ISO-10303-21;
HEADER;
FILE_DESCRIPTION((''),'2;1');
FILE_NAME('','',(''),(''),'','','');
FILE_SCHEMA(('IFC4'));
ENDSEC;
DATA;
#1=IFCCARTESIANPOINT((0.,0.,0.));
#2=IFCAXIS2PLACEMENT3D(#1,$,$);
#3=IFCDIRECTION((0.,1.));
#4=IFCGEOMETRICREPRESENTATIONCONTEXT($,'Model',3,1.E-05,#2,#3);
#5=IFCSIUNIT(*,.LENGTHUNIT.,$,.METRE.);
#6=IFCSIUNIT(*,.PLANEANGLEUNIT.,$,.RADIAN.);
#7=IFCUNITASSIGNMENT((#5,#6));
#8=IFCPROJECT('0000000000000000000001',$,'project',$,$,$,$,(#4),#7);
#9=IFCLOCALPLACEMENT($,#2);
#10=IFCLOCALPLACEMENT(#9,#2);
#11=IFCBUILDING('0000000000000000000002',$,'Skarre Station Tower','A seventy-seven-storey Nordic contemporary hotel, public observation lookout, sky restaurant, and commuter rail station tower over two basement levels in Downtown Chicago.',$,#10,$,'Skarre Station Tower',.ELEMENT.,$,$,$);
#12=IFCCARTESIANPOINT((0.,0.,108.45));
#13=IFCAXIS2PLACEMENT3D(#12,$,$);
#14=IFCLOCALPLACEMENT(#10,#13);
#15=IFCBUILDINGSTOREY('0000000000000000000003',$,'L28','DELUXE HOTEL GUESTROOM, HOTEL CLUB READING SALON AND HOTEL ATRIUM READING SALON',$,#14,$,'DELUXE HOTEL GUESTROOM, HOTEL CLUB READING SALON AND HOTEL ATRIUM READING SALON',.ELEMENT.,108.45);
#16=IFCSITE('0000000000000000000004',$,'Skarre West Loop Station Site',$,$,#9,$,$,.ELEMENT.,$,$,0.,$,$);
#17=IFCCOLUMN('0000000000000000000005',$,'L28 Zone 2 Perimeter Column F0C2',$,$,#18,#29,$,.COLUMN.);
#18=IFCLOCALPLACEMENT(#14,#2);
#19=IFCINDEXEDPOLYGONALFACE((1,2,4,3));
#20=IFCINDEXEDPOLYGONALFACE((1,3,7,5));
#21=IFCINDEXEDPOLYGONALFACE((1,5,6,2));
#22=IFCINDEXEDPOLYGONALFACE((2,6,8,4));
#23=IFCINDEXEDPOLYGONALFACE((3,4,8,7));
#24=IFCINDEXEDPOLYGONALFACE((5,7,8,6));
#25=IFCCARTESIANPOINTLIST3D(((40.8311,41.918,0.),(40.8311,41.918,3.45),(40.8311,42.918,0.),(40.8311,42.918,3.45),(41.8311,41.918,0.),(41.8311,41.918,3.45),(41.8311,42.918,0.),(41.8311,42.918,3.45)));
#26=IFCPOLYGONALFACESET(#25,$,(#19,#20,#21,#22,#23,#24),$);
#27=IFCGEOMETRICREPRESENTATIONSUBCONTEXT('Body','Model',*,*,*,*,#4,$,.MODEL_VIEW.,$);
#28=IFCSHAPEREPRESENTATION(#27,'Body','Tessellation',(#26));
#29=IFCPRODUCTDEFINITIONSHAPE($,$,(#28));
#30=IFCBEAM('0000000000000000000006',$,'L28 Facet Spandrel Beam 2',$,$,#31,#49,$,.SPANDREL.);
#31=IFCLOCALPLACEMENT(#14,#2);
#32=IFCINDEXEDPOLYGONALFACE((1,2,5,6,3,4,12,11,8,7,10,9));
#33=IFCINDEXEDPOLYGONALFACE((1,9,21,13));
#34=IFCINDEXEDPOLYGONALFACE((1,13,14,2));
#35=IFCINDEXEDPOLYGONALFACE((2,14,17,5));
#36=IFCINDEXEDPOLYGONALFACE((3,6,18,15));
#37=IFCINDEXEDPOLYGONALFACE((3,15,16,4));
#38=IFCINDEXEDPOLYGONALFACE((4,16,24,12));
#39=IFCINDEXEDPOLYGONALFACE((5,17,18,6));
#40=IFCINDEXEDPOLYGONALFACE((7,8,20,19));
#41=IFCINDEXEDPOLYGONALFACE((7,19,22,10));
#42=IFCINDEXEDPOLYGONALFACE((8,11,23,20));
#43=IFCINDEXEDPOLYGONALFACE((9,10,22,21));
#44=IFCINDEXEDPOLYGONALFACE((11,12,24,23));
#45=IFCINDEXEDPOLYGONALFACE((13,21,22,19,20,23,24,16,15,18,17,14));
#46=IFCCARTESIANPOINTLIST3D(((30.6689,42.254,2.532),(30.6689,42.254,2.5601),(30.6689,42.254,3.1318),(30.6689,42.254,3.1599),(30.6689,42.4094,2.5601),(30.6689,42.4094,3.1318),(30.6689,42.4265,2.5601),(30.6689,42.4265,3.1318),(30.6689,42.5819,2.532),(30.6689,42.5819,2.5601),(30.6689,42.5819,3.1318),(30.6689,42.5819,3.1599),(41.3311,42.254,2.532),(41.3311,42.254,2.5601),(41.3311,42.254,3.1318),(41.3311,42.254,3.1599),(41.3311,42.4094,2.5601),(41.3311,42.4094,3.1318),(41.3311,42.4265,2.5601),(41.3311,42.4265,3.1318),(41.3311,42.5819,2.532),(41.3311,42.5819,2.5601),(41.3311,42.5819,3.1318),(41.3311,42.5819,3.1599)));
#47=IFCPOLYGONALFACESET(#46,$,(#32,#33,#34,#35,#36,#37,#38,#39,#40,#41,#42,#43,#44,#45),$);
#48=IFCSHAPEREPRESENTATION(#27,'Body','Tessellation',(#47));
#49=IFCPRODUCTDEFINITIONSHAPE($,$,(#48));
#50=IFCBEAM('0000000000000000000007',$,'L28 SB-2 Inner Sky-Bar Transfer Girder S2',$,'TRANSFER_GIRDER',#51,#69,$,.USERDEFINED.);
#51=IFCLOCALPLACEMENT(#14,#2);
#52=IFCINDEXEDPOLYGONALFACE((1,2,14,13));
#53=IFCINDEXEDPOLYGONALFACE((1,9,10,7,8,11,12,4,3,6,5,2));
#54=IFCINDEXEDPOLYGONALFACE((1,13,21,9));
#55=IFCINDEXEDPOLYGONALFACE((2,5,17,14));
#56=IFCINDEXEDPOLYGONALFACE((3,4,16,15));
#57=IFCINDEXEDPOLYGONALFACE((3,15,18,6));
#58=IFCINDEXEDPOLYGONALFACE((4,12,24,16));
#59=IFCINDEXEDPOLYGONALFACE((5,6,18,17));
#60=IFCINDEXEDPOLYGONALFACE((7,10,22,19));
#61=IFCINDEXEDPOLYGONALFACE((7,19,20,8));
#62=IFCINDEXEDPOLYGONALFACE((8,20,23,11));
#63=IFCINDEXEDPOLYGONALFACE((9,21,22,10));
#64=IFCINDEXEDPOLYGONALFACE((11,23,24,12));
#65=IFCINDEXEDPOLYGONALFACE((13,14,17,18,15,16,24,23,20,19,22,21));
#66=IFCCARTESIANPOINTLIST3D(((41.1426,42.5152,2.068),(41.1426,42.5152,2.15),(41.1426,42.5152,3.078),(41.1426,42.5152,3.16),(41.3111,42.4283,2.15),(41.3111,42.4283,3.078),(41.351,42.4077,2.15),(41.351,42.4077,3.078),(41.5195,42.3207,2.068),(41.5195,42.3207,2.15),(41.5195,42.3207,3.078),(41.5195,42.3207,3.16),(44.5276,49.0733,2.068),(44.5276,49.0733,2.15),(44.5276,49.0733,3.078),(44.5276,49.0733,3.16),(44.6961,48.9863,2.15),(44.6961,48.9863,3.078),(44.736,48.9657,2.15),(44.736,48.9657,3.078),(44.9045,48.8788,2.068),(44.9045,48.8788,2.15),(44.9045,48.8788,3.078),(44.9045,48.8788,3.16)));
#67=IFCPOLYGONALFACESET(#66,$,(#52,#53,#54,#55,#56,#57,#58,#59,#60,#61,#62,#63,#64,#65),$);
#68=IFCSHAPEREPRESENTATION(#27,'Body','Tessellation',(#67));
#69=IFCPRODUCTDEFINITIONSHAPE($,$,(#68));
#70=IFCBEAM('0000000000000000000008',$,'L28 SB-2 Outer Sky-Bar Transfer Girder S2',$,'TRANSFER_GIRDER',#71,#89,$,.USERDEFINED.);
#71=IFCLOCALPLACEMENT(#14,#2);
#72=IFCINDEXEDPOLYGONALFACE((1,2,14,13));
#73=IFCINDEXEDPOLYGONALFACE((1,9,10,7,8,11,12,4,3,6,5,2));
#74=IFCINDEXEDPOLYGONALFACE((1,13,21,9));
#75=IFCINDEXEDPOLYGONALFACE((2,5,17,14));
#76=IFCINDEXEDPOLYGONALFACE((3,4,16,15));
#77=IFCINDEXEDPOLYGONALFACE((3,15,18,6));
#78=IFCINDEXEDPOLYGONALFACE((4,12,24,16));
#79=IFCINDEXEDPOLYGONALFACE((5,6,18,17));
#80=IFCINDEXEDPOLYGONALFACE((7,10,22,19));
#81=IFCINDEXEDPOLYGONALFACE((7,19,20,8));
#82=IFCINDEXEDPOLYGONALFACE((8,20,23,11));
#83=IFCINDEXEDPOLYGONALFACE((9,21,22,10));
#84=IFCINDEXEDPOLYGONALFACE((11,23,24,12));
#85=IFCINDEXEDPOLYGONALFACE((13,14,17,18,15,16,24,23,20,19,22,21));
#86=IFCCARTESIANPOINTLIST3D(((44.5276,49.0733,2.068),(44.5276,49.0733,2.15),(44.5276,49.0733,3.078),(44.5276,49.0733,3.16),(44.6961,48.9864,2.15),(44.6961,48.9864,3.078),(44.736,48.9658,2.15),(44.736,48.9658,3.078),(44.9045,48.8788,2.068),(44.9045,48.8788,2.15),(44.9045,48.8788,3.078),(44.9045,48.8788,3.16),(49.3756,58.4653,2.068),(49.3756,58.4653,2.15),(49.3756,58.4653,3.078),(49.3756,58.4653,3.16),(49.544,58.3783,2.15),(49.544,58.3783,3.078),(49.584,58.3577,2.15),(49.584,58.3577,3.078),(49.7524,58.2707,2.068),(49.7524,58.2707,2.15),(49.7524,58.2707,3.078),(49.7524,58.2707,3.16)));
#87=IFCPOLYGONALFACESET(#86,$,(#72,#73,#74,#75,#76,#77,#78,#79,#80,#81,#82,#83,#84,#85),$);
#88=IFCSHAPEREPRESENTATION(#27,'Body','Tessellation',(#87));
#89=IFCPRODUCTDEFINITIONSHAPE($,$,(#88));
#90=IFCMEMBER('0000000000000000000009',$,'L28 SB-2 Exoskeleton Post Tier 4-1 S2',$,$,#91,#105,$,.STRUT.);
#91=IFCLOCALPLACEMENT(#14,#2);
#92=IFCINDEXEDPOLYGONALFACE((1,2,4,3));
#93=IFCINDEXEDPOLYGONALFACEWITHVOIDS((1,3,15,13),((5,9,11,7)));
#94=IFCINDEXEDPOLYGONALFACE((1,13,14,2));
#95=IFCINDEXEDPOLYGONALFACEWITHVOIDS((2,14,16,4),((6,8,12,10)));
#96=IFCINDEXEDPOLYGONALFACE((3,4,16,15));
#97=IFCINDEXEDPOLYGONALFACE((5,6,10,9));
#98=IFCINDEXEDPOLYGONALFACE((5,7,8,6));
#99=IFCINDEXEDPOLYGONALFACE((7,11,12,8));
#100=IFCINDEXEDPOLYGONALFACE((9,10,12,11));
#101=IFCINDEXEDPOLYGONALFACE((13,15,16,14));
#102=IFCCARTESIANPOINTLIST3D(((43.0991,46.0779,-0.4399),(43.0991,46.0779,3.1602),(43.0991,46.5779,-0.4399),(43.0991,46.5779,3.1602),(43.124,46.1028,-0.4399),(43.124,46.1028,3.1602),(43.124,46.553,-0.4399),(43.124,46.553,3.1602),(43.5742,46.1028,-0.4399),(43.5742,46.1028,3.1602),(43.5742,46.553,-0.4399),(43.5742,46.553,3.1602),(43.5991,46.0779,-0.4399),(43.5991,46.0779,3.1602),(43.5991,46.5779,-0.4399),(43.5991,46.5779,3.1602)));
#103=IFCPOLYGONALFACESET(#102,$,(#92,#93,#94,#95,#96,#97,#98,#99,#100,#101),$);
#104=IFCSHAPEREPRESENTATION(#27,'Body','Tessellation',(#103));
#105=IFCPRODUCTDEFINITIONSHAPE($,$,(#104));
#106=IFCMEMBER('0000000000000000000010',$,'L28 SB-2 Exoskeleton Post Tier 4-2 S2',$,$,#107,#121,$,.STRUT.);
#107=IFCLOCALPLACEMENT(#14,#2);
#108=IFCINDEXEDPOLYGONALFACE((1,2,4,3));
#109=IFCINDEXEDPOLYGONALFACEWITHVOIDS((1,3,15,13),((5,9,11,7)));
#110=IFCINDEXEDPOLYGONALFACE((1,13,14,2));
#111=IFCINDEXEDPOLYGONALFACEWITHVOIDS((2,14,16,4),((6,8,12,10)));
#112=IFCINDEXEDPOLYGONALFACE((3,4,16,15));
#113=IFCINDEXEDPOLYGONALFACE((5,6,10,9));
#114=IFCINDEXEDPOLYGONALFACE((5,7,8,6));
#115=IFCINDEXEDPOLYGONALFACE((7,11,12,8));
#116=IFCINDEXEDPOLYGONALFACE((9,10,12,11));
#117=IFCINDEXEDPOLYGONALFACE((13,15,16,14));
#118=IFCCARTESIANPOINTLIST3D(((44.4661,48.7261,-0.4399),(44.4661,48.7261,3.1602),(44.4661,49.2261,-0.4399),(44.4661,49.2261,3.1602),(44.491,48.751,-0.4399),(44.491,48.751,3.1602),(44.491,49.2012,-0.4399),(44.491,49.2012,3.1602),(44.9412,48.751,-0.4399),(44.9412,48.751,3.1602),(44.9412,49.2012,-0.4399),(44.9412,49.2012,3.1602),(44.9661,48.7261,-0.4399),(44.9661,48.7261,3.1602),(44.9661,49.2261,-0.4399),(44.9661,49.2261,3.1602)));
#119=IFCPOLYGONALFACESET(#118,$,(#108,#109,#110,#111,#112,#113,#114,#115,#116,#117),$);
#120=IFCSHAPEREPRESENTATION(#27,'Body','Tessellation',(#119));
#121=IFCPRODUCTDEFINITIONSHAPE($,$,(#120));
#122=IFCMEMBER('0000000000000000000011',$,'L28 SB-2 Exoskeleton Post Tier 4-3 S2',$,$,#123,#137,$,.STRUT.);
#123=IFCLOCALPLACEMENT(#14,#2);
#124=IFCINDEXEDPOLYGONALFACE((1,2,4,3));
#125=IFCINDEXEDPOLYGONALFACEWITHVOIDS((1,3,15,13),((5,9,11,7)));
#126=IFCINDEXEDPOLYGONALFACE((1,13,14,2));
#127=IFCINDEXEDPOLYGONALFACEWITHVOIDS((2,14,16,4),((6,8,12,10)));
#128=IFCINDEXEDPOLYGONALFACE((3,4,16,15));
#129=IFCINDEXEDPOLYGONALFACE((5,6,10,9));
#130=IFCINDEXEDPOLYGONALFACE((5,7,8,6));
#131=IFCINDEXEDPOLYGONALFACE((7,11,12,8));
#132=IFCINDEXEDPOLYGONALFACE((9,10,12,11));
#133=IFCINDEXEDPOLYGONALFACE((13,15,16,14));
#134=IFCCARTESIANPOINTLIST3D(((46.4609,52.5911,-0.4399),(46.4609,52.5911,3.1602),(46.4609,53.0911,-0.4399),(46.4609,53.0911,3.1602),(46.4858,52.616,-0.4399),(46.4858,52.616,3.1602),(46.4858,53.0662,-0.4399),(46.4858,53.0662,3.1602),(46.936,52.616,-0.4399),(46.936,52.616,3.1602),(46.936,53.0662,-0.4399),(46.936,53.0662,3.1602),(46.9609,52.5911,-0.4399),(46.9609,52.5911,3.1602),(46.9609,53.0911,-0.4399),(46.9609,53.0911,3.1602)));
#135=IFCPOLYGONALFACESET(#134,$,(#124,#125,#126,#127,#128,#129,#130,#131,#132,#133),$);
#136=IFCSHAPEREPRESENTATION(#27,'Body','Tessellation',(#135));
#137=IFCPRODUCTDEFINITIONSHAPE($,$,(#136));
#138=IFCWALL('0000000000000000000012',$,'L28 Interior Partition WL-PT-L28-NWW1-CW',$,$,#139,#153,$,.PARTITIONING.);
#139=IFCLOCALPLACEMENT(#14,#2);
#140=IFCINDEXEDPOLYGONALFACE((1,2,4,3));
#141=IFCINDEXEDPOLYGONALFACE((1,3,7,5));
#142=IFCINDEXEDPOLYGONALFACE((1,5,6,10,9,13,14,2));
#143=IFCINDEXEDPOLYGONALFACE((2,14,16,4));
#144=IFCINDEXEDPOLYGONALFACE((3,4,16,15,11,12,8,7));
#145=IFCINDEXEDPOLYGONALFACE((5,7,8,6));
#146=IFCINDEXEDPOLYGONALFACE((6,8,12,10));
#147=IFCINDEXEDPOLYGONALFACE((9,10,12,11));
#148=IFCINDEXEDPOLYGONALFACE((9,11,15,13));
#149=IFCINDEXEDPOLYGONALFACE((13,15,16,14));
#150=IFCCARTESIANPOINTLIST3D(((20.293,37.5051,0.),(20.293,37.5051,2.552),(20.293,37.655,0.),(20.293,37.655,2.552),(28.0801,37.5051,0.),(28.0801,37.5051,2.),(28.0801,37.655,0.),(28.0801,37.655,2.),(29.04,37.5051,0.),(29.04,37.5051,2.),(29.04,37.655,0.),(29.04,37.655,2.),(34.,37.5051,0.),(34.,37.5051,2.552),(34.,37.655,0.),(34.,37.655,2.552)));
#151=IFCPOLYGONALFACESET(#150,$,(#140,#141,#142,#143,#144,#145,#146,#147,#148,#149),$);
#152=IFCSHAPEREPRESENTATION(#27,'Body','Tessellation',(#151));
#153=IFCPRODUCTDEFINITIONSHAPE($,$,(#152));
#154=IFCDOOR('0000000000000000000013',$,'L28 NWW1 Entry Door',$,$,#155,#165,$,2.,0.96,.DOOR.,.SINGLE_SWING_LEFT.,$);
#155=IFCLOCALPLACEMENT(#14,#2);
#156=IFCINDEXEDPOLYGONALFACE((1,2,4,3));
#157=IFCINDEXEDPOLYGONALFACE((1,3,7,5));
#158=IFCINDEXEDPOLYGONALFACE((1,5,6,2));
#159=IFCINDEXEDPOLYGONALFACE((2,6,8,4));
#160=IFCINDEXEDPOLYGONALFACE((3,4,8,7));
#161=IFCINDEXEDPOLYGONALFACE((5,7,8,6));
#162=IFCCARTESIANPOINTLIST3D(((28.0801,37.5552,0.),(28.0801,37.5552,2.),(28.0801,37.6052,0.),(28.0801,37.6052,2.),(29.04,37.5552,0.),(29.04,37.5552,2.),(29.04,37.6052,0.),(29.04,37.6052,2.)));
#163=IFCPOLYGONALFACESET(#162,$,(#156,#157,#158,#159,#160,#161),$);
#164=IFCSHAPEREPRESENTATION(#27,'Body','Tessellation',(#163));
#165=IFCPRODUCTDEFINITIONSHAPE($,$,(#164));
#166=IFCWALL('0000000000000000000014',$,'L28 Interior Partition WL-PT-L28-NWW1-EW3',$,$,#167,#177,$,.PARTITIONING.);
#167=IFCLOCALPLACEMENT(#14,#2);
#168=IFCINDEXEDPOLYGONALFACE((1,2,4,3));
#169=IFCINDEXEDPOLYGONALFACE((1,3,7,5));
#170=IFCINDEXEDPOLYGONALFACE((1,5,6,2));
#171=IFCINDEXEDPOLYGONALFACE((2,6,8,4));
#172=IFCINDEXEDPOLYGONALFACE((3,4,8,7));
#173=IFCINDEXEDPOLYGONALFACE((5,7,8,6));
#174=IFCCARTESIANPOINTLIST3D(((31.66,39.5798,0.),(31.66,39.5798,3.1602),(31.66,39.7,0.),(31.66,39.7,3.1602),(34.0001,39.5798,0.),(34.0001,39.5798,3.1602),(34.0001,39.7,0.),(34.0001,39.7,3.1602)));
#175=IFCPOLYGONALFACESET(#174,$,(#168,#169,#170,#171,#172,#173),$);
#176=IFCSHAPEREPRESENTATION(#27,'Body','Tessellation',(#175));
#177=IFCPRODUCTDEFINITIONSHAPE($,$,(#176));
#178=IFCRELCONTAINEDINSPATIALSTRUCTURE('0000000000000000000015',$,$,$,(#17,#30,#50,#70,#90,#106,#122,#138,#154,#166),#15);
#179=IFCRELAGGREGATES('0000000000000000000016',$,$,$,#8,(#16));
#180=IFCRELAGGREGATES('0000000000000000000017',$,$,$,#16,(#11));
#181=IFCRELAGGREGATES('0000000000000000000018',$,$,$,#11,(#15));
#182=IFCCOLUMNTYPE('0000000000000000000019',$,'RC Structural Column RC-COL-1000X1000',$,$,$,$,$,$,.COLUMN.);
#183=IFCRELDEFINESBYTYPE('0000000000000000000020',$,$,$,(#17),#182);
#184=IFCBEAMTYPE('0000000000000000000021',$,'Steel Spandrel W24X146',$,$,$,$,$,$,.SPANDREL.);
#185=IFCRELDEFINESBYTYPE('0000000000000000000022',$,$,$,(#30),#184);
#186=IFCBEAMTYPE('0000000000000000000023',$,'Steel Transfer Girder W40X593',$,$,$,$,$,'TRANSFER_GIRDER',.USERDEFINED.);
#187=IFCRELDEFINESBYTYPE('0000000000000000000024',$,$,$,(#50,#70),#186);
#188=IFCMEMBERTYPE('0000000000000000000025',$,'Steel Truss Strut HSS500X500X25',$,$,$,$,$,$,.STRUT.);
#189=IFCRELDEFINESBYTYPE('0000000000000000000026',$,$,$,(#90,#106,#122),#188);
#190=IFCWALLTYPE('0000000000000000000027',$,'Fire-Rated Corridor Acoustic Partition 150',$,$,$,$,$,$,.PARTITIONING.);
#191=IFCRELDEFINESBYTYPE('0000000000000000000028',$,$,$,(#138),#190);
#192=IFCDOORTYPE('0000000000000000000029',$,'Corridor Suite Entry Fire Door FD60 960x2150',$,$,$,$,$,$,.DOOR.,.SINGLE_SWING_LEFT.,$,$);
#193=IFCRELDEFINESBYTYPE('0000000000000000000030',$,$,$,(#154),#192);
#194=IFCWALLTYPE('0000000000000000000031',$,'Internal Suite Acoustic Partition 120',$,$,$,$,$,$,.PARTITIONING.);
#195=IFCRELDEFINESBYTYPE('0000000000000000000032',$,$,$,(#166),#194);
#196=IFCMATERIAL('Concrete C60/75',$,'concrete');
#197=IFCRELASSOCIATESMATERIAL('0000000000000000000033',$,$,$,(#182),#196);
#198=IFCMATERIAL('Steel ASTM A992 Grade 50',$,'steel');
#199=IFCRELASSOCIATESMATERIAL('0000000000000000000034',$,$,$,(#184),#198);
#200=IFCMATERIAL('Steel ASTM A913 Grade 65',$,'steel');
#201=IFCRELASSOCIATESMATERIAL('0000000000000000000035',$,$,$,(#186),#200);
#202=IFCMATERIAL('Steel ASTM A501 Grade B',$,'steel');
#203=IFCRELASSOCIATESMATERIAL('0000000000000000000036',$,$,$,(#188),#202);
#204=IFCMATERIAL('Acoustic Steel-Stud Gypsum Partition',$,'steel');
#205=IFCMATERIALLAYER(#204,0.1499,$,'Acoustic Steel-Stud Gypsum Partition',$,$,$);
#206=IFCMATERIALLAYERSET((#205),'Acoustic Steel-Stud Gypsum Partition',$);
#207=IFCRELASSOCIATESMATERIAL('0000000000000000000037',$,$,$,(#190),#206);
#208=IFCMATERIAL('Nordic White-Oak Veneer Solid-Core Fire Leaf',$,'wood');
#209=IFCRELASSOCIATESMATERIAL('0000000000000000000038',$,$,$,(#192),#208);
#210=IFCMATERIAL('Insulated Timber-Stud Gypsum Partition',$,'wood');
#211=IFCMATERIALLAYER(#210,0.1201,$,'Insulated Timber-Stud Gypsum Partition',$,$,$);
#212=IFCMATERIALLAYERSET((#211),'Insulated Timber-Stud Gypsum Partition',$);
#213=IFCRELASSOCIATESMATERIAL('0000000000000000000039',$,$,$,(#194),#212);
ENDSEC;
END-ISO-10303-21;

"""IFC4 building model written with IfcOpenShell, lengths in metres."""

from ifc_helpers import new_model, si_unit, direction, frame, frame_2d, origin, origin_2d, place, context, subcontext, project, spatial, rectangle, hollow_rectangle, i_section, extrude, material, layer, layer_set, material_profile, profile_set, type_object, element, fill, save


model = new_model("IFC4")

# Units and contexts
model_context = context("Model", 3, precision=1e-05, world=origin(), true_north=direction((0.0, 1.0)))
body_context = subcontext(model_context, "Body", "Model", "MODEL_VIEW")
ifc_project = project(units=[si_unit("LENGTHUNIT", "METRE"), si_unit("PLANEANGLEUNIT", "RADIAN")], contexts=[model_context])

# Site, building, storey
site_placement = place(None, origin())
site = spatial("IfcSite", under=ifc_project, at=site_placement, Name="Skarre West Loop Station Site", CompositionType="ELEMENT", RefElevation=0.0)
building_placement = place(site_placement, origin())
building = spatial("IfcBuilding", under=site, at=building_placement, Name="Skarre Station Tower", Description="A seventy-seven-storey Nordic contemporary hotel, public observation lookout, sky restaurant, and commuter rail station tower over two basement levels in Downtown Chicago.", LongName="Skarre Station Tower", CompositionType="ELEMENT")
storey_placement = place(building_placement, frame((0.0, 0.0, 108.45)))
storey = spatial("IfcBuildingStorey", under=building, at=storey_placement, Name="L28", Description="DELUXE HOTEL GUESTROOM, HOTEL CLUB READING SALON AND HOTEL ATRIUM READING SALON", LongName="DELUXE HOTEL GUESTROOM, HOTEL CLUB READING SALON AND HOTEL ATRIUM READING SALON", CompositionType="ELEMENT", Elevation=108.45)

# Column
ifc_material_1 = material(Name="Concrete C60/75", Category="concrete")
ifc_material_profile_1 = material_profile(ifc_material_1, rectangle(XDim=1.0, YDim=1.0, at=origin_2d()), Name="Concrete C60/75")
ifc_profile_set_1 = profile_set([ifc_material_profile_1], Name="Concrete C60/75")
column_type = type_object("IfcColumnType", Name="RC Structural Column RC-COL-1000X1000", PredefinedType="COLUMN", material=ifc_profile_set_1)
column_placement = place(storey_placement, frame((41.3311, 42.418, 0.0), z_axis=(0.0, 0.0, 1.0), x_axis=(1.0, 0.0, 0.0)))
element("IfcColumn", 1, at=column_placement, inside=storey, type_object=column_type, Name="L28 Zone 2 Perimeter Column F0C2", PredefinedType="COLUMN", context=body_context, shape_type="SweptSolid", body=[
    extrude(rectangle(XDim=1.0, YDim=1.0, at=origin_2d()), origin(), (0.0, 0.0, 1.0), 3.45),
])

# Beams
ifc_material_2 = material(Name="Steel ASTM A992 Grade 50", Category="steel")
ifc_material_profile_2 = material_profile(ifc_material_2, i_section(OverallWidth=0.3279, OverallDepth=0.6279, WebThickness=0.0171, FlangeThickness=0.0281, at=origin_2d()), Name="Steel ASTM A992 Grade 50")
ifc_profile_set_2 = profile_set([ifc_material_profile_2], Name="Steel ASTM A992 Grade 50")
beam_type_1 = type_object("IfcBeamType", Name="Steel Spandrel W24X146", PredefinedType="SPANDREL", material=ifc_profile_set_2)
beam_1_placement = place(storey_placement, frame((41.3311, 42.418, 2.8459), z_axis=(-1.0, 0.0, 0.0), x_axis=(0.0, -1.0, 0.0)))
element("IfcBeam", 2, at=beam_1_placement, inside=storey, type_object=beam_type_1, Name="L28 Facet Spandrel Beam 2", PredefinedType="SPANDREL", context=body_context, shape_type="SweptSolid", body=[
    extrude(i_section(OverallWidth=0.3279, OverallDepth=0.6279, WebThickness=0.0171, FlangeThickness=0.0281, at=origin_2d()), origin(), (0.0, 0.0, 1.0), 10.6621),
])
ifc_material_3 = material(Name="Steel ASTM A913 Grade 65", Category="steel")
ifc_material_profile_3 = material_profile(ifc_material_3, i_section(OverallWidth=0.4241, OverallDepth=1.092, WebThickness=0.0449, FlangeThickness=0.082, at=origin_2d()), Name="Steel ASTM A913 Grade 65")
ifc_profile_set_3 = profile_set([ifc_material_profile_3], Name="Steel ASTM A913 Grade 65")
beam_type_2 = type_object("IfcBeamType", Name="Steel Transfer Girder W40X593", ElementType="TRANSFER_GIRDER", PredefinedType="USERDEFINED", material=ifc_profile_set_3)
beam_2_placement = place(storey_placement, frame((41.3311, 42.418, 2.614), z_axis=(0.458662, 0.888611, 0.0), x_axis=(-0.888611, 0.458662, 0.0)))
element("IfcBeam", 3, at=beam_2_placement, inside=storey, type_object=beam_type_2, Name="L28 SB-2 Inner Sky-Bar Transfer Girder S2", ObjectType="TRANSFER_GIRDER", PredefinedType="USERDEFINED", context=body_context, shape_type="SweptSolid", body=[
    extrude(i_section(OverallWidth=0.4241, OverallDepth=1.092, WebThickness=0.0449, FlangeThickness=0.082, at=origin_2d()), origin(), (0.0, 0.0, 1.0), 7.3801),
])
beam_3_placement = place(storey_placement, frame((44.7161, 48.9761, 2.614), z_axis=(0.45868, 0.888602, 0.0), x_axis=(-0.888602, 0.45868, 0.0)))
element("IfcBeam", 4, at=beam_3_placement, inside=storey, type_object=beam_type_2, Name="L28 SB-2 Outer Sky-Bar Transfer Girder S2", ObjectType="TRANSFER_GIRDER", PredefinedType="USERDEFINED", context=body_context, shape_type="SweptSolid", body=[
    extrude(i_section(OverallWidth=0.4241, OverallDepth=1.092, WebThickness=0.0449, FlangeThickness=0.082, at=origin_2d()), origin(), (0.0, 0.0, 1.0), 10.5693),
])

# Members
ifc_material_4 = material(Name="Steel ASTM A501 Grade B", Category="steel")
ifc_material_profile_4 = material_profile(ifc_material_4, hollow_rectangle(XDim=0.5, YDim=0.5, WallThickness=0.0249, at=origin_2d()), Name="Steel ASTM A501 Grade B")
ifc_profile_set_4 = profile_set([ifc_material_profile_4], Name="Steel ASTM A501 Grade B")
member_type = type_object("IfcMemberType", Name="Steel Truss Strut HSS500X500X25", PredefinedType="STRUT", material=ifc_profile_set_4)
for number, where, z_axis, x_axis, name in (
    (5, (43.3491, 46.3279, -0.4399), (0.0, 0.0, 1.0), (1.0, 0.0, 0.0), "L28 SB-2 Exoskeleton Post Tier 4-1 S2"),
    (6, (44.7161, 48.9761, -0.4399), (0.0, 0.0, 1.0), (1.0, 0.0, 0.0), "L28 SB-2 Exoskeleton Post Tier 4-2 S2"),
    (7, (46.7109, 52.8411, -0.4399), (0.0, 0.0, 1.0), (1.0, 0.0, 0.0), "L28 SB-2 Exoskeleton Post Tier 4-3 S2"),
):
    element("IfcMember", number, at=place(storey_placement, frame(where, z_axis=z_axis, x_axis=x_axis)), inside=storey, type_object=member_type, Name=name, PredefinedType="STRUT", context=body_context, shape_type="SweptSolid", body=[
        extrude(hollow_rectangle(XDim=0.5, YDim=0.5, WallThickness=0.0249, at=origin_2d()), origin(), (0.0, 0.0, 1.0), 3.6001),
    ])

# Wall, opening, door
ifc_material_5 = material(Name="Acoustic Steel-Stud Gypsum Partition", Category="steel")
ifc_layer_1 = layer(ifc_material_5, 0.1499, Name="Acoustic Steel-Stud Gypsum Partition")
ifc_layer_set_1 = layer_set([ifc_layer_1], Name="Acoustic Steel-Stud Gypsum Partition")
wall_type_1 = type_object("IfcWallType", Name="Fire-Rated Corridor Acoustic Partition 150", PredefinedType="PARTITIONING", material=ifc_layer_set_1)
wall_1_placement = place(storey_placement, frame((34.0, 37.5801, 0.0), z_axis=(0.0, 0.0, 1.0), x_axis=(-1.0, 0.0, 0.0)))
wall_1 = element("IfcWall", 8, at=wall_1_placement, inside=storey, type_object=wall_type_1, Name="L28 Interior Partition WL-PT-L28-NWW1-CW", PredefinedType="PARTITIONING", context=body_context, shape_type="SweptSolid", body=[
    extrude(rectangle(XDim=13.707, YDim=0.1499, at=frame_2d((6.8535, 0.0))), origin(), (0.0, 0.0, 1.0), 2.552),
])
opening_1_placement = place(wall_1_placement, frame((4.96, 0.0, 0.0)))
opening_1 = element("IfcOpeningElement", 9, at=opening_1_placement, cuts=wall_1, PredefinedType="OPENING", context=body_context, shape_type="SweptSolid", body=[
    extrude(rectangle(XDim=0.96, YDim=2.0, at=frame_2d((0.48, 1.0))), frame((0.0, 0.085, 0.0), z_axis=(0.0, -1.0, 0.0), x_axis=(1.0, 0.0, 0.0)), (0.0, 0.0, 1.0), 0.1699),
])
ifc_material_6 = material(Name="Nordic White-Oak Veneer Solid-Core Fire Leaf", Category="wood")
door_type = type_object("IfcDoorType", Name="Corridor Suite Entry Fire Door FD60 960x2150", OperationType="SINGLE_SWING_LEFT", PredefinedType="DOOR", material=ifc_material_6)
door_placement = place(opening_1_placement, origin())
door = element("IfcDoor", 10, at=door_placement, inside=storey, type_object=door_type, Name="L28 NWW1 Entry Door", OperationType="SINGLE_SWING_LEFT", OverallHeight=2.0, OverallWidth=0.96, PredefinedType="DOOR", context=body_context, shape_type="SweptSolid", body=[
    extrude(rectangle(XDim=0.96, YDim=2.0, at=frame_2d((0.48, 1.0))), frame((0.0, 0.0249, 0.0), z_axis=(0.0, -1.0, 0.0), x_axis=(1.0, 0.0, 0.0)), (0.0, 0.0, 1.0), 0.05),
])
fill(opening_1, door)

# Wall
ifc_material_7 = material(Name="Insulated Timber-Stud Gypsum Partition", Category="wood")
ifc_layer_2 = layer(ifc_material_7, 0.1201, Name="Insulated Timber-Stud Gypsum Partition")
ifc_layer_set_2 = layer_set([ifc_layer_2], Name="Insulated Timber-Stud Gypsum Partition")
wall_type_2 = type_object("IfcWallType", Name="Internal Suite Acoustic Partition 120", PredefinedType="PARTITIONING", material=ifc_layer_set_2)
wall_2_placement = place(storey_placement, frame((34.0, 39.6399, 0.0), z_axis=(0.0, 0.0, 1.0), x_axis=(-1.0, 0.0, 0.0)))
element("IfcWall", 11, at=wall_2_placement, inside=storey, type_object=wall_type_2, Name="L28 Interior Partition WL-PT-L28-NWW1-EW3", PredefinedType="PARTITIONING", context=body_context, shape_type="SweptSolid", body=[
    extrude(rectangle(XDim=2.3401, YDim=0.1201, at=frame_2d((1.1699, 0.0))), origin(), (0.0, 0.0, 1.0), 3.1602),
])

save(model, "model.ifc")
